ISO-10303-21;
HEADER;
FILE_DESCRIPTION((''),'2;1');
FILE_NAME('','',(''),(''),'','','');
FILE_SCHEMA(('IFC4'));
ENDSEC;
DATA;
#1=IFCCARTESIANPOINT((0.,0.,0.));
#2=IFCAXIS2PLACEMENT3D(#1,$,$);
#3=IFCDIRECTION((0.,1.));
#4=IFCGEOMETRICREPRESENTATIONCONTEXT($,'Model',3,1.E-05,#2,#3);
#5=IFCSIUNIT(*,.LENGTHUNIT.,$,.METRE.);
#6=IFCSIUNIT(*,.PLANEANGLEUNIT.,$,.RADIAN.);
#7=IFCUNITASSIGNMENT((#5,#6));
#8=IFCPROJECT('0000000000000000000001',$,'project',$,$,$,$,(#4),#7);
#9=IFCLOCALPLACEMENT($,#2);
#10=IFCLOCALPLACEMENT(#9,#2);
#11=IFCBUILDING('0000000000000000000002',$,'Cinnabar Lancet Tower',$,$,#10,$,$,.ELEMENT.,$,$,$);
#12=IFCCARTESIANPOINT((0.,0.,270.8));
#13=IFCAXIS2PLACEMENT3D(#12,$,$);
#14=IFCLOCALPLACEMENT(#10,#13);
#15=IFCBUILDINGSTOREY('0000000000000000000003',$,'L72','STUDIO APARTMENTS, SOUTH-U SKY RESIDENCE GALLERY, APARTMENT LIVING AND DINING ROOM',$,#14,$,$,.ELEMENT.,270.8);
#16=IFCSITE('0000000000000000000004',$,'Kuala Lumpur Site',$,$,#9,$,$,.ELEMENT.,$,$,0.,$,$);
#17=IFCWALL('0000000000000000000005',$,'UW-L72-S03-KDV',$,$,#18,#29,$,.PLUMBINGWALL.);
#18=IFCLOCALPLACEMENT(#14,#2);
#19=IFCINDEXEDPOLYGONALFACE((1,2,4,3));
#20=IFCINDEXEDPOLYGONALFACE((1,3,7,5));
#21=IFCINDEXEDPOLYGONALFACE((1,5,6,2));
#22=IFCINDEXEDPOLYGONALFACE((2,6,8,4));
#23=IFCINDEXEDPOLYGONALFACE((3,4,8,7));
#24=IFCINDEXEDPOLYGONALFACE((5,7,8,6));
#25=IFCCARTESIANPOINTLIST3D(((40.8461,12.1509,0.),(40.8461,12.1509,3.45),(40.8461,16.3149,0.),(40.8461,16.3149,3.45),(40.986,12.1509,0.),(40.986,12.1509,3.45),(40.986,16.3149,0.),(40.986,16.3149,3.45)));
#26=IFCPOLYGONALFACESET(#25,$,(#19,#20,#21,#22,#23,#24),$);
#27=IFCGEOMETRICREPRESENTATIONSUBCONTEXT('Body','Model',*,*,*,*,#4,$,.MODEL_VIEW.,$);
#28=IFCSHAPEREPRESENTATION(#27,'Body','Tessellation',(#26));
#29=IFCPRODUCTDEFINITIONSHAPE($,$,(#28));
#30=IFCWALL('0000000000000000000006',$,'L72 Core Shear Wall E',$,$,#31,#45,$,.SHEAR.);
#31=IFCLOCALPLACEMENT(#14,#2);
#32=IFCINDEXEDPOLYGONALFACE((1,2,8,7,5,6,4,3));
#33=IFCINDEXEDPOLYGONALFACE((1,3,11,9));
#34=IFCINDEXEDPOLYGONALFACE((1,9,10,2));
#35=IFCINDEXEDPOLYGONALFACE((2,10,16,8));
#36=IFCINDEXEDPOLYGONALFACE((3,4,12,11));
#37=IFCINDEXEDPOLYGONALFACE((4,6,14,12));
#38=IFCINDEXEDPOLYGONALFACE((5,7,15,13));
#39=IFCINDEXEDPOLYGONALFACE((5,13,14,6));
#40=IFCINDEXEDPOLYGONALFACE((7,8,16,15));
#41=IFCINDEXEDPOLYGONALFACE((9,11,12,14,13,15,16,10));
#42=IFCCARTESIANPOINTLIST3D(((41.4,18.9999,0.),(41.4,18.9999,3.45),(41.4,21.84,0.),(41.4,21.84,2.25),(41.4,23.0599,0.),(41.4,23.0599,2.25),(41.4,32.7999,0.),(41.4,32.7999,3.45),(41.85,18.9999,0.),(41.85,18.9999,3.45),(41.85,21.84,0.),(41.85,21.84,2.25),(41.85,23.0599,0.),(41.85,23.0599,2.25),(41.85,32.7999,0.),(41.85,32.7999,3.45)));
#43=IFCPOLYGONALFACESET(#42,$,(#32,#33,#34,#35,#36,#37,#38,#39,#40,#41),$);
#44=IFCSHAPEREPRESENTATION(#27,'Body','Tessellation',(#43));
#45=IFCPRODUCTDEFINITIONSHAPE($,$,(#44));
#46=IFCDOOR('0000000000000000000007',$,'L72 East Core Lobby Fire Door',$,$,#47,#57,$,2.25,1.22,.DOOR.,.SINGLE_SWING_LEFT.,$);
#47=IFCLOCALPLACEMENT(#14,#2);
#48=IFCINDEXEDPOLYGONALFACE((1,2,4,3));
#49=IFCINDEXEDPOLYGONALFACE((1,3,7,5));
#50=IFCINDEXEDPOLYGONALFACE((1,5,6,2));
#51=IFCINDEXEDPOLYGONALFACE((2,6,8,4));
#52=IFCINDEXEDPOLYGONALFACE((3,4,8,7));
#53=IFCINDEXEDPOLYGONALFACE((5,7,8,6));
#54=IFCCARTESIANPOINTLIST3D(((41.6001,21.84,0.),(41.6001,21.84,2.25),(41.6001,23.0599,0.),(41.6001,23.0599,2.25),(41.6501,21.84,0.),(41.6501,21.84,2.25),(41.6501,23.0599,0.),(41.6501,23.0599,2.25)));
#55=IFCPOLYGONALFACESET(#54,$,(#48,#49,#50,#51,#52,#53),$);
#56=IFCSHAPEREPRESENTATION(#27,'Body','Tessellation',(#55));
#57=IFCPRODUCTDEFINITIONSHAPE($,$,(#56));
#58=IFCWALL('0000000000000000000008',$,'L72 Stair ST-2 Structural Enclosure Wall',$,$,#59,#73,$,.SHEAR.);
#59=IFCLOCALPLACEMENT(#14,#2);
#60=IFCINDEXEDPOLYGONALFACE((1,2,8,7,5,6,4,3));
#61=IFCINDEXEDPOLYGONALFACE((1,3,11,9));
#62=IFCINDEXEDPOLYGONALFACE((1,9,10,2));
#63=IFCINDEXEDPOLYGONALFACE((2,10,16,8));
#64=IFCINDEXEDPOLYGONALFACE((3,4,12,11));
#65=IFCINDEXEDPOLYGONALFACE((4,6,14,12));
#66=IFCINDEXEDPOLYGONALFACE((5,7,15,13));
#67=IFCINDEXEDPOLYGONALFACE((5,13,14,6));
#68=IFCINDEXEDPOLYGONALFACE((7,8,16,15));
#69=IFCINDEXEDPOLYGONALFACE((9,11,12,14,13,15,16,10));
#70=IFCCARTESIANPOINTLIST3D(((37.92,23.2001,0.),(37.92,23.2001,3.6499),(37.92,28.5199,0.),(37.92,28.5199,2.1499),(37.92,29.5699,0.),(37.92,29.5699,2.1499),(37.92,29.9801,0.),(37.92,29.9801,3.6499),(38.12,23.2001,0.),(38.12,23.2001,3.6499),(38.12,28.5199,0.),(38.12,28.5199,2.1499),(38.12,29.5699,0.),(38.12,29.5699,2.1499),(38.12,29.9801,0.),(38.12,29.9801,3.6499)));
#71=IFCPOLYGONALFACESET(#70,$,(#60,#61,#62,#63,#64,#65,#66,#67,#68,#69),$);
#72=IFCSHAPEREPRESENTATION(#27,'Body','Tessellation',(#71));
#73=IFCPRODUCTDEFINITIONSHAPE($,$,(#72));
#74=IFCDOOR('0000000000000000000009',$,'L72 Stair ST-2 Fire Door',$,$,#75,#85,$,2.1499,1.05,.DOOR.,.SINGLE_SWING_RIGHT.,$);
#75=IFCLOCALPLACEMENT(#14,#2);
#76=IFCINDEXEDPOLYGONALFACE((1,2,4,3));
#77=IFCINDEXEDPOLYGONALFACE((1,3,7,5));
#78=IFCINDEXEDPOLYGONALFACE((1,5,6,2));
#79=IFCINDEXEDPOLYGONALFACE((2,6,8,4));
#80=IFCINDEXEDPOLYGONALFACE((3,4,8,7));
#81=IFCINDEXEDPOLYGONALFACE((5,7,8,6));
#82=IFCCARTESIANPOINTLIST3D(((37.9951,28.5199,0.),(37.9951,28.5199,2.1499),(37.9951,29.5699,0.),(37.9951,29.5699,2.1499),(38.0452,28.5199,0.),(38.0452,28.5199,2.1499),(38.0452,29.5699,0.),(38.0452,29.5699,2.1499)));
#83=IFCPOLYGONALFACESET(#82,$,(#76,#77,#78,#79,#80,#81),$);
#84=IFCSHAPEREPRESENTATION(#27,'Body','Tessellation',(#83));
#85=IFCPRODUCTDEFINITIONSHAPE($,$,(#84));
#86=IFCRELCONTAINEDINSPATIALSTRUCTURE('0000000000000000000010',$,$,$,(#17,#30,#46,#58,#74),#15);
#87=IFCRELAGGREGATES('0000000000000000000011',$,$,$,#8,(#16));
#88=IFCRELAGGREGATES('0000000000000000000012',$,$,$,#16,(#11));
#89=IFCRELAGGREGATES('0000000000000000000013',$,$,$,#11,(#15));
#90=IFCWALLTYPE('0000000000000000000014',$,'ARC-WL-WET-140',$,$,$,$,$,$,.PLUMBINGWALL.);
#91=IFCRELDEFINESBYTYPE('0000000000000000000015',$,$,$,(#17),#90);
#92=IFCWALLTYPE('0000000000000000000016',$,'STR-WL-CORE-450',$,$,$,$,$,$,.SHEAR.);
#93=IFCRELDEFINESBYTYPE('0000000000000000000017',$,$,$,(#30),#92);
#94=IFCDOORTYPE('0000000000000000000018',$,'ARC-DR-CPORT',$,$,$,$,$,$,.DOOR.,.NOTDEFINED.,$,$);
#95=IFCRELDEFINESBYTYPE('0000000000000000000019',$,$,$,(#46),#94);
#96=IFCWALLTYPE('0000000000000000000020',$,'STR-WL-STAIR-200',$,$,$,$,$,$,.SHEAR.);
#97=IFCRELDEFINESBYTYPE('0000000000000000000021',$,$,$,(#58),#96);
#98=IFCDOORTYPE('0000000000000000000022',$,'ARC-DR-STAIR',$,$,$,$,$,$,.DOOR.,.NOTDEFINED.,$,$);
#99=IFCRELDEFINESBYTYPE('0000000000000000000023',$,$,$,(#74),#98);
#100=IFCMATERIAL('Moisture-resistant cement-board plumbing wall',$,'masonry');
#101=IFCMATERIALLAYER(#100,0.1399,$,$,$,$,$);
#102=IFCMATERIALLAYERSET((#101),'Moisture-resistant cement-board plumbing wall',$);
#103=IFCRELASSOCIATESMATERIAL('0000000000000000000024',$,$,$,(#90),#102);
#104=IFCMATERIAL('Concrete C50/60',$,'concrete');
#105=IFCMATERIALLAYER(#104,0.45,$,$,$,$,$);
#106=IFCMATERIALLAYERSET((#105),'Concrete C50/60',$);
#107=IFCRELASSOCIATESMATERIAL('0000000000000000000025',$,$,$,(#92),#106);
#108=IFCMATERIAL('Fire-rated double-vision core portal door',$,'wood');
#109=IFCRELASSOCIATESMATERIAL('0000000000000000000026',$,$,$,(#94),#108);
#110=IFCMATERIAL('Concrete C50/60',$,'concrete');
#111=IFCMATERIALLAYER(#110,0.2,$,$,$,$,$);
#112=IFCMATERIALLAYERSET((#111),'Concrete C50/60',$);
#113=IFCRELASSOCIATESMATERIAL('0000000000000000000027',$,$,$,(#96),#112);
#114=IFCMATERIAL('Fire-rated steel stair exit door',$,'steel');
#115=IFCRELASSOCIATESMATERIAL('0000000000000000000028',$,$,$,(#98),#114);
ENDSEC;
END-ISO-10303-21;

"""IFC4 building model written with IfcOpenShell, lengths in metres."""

from ifc_helpers import new_model, si_unit, direction, frame, frame_2d, origin, place, context, subcontext, project, spatial, rectangle, extrude, material, layer, layer_set, type_object, element, fill, save


model = new_model("IFC4")

# Units and contexts
model_context = context("Model", 3, precision=1e-05, world=origin(), true_north=direction((0.0, 1.0)))
body_context = subcontext(model_context, "Body", "Model", "MODEL_VIEW")
ifc_project = project(units=[si_unit("LENGTHUNIT", "METRE"), si_unit("PLANEANGLEUNIT", "RADIAN")], contexts=[model_context])

# Site, building, storey
site_placement = place(None, origin())
site = spatial("IfcSite", under=ifc_project, at=site_placement, Name="Kuala Lumpur Site", CompositionType="ELEMENT", RefElevation=0.0)
building_placement = place(site_placement, origin())
building = spatial("IfcBuilding", under=site, at=building_placement, Name="Cinnabar Lancet Tower", CompositionType="ELEMENT")
storey_placement = place(building_placement, frame((0.0, 0.0, 270.8)))
storey = spatial("IfcBuildingStorey", under=building, at=storey_placement, Name="L72", Description="STUDIO APARTMENTS, SOUTH-U SKY RESIDENCE GALLERY, APARTMENT LIVING AND DINING ROOM", CompositionType="ELEMENT", Elevation=270.8)

# Wall
ifc_material_1 = material(Name="Moisture-resistant cement-board plumbing wall", Category="masonry")
ifc_layer_1 = layer(ifc_material_1, 0.1399)
ifc_layer_set_1 = layer_set([ifc_layer_1], Name="Moisture-resistant cement-board plumbing wall")
wall_type_1 = type_object("IfcWallType", Name="ARC-WL-WET-140", PredefinedType="PLUMBINGWALL", material=ifc_layer_set_1)
wall_1_placement = place(storey_placement, frame((40.916, 12.1509, 0.0), z_axis=(0.0, 0.0, 1.0), x_axis=(0.0, 1.0, 0.0)))
element("IfcWall", 1, at=wall_1_placement, inside=storey, type_object=wall_type_1, Name="UW-L72-S03-KDV", PredefinedType="PLUMBINGWALL", context=body_context, shape_type="SweptSolid", body=[
    extrude(rectangle(XDim=4.1641, YDim=0.1399, at=frame_2d((2.082, 0.0))), origin(), (0.0, 0.0, 1.0), 3.45),
])

# Walls, openings, doors
ifc_material_2 = material(Name="Concrete C50/60", Category="concrete")
ifc_layer_2 = layer(ifc_material_2, 0.45)
ifc_layer_set_2 = layer_set([ifc_layer_2], Name="Concrete C50/60")
wall_type_2 = type_object("IfcWallType", Name="STR-WL-CORE-450", PredefinedType="SHEAR", material=ifc_layer_set_2)
wall_2_placement = place(storey_placement, frame((41.625, 19.0, 0.0), z_axis=(0.0, 0.0, 1.0), x_axis=(0.0, 1.0, 0.0)))
wall_2 = element("IfcWall", 2, at=wall_2_placement, inside=storey, type_object=wall_type_2, Name="L72 Core Shear Wall E", PredefinedType="SHEAR", context=body_context, shape_type="SweptSolid", body=[
    extrude(rectangle(XDim=13.8, YDim=0.45, at=frame_2d((6.8999, 0.0))), origin(), (0.0, 0.0, 1.0), 3.45),
])
opening_1_placement = place(wall_2_placement, frame((2.8401, 0.0, 0.0)))
opening_1 = element("IfcOpeningElement", 3, at=opening_1_placement, cuts=wall_2, PredefinedType="OPENING", context=body_context, shape_type="SweptSolid", body=[
    extrude(rectangle(XDim=1.22, YDim=2.25, at=frame_2d((0.6099, 1.125))), frame((0.0, 0.2349, 0.0), z_axis=(0.0, -1.0, 0.0), x_axis=(1.0, 0.0, 0.0)), (0.0, 0.0, 1.0), 0.47),
])
ifc_material_3 = material(Name="Fire-rated double-vision core portal door", Category="wood")
door_type_1 = type_object("IfcDoorType", Name="ARC-DR-CPORT", OperationType="NOTDEFINED", PredefinedType="DOOR", material=ifc_material_3)
door_1_placement = place(opening_1_placement, origin())
door_1 = element("IfcDoor", 4, at=door_1_placement, inside=storey, type_object=door_type_1, Name="L72 East Core Lobby Fire Door", OperationType="SINGLE_SWING_LEFT", OverallHeight=2.25, OverallWidth=1.22, PredefinedType="DOOR", context=body_context, shape_type="SweptSolid", body=[
    extrude(rectangle(XDim=1.22, YDim=2.25, at=frame_2d((0.6099, 1.125))), frame((0.0, 0.0249, 0.0), z_axis=(0.0, -1.0, 0.0), x_axis=(1.0, 0.0, 0.0)), (0.0, 0.0, 1.0), 0.05),
])
fill(opening_1, door_1)
ifc_material_4 = material(Name="Concrete C50/60", Category="concrete")
ifc_layer_3 = layer(ifc_material_4, 0.2)
ifc_layer_set_3 = layer_set([ifc_layer_3], Name="Concrete C50/60")
wall_type_3 = type_object("IfcWallType", Name="STR-WL-STAIR-200", PredefinedType="SHEAR", material=ifc_layer_set_3)
wall_3_placement = place(storey_placement, frame((38.02, 23.2, 0.0), z_axis=(0.0, 0.0, 1.0), x_axis=(0.0, 1.0, 0.0)))
wall_3 = element("IfcWall", 5, at=wall_3_placement, inside=storey, type_object=wall_type_3, Name="L72 Stair ST-2 Structural Enclosure Wall", PredefinedType="SHEAR", context=body_context, shape_type="SweptSolid", body=[
    extrude(rectangle(XDim=6.78, YDim=0.2, at=frame_2d((3.3901, 0.0))), origin(), (0.0, 0.0, 1.0), 3.6499),
])
opening_2_placement = place(wall_3_placement, frame((5.3201, 0.0, 0.0)))
opening_2 = element("IfcOpeningElement", 6, at=opening_2_placement, cuts=wall_3, PredefinedType="OPENING", context=body_context, shape_type="SweptSolid", body=[
    extrude(rectangle(XDim=1.05, YDim=2.1499, at=frame_2d((0.5249, 1.075))), frame((0.0, 0.1099, 0.0), z_axis=(0.0, -1.0, 0.0), x_axis=(1.0, 0.0, 0.0)), (0.0, 0.0, 1.0), 0.22),
])
ifc_material_5 = material(Name="Fire-rated steel stair exit door", Category="steel")
door_type_2 = type_object("IfcDoorType", Name="ARC-DR-STAIR", OperationType="NOTDEFINED", PredefinedType="DOOR", material=ifc_material_5)
door_2_placement = place(opening_2_placement, origin())
door_2 = element("IfcDoor", 7, at=door_2_placement, inside=storey, type_object=door_type_2, Name="L72 Stair ST-2 Fire Door", OperationType="SINGLE_SWING_RIGHT", OverallHeight=2.1499, OverallWidth=1.05, PredefinedType="DOOR", context=body_context, shape_type="SweptSolid", body=[
    extrude(rectangle(XDim=1.05, YDim=2.1499, at=frame_2d((0.5249, 1.075))), frame((0.0, 0.0249, 0.0), z_axis=(0.0, -1.0, 0.0), x_axis=(1.0, 0.0, 0.0)), (0.0, 0.0, 1.0), 0.05),
])
fill(opening_2, door_2)

save(model, "model.ifc")
